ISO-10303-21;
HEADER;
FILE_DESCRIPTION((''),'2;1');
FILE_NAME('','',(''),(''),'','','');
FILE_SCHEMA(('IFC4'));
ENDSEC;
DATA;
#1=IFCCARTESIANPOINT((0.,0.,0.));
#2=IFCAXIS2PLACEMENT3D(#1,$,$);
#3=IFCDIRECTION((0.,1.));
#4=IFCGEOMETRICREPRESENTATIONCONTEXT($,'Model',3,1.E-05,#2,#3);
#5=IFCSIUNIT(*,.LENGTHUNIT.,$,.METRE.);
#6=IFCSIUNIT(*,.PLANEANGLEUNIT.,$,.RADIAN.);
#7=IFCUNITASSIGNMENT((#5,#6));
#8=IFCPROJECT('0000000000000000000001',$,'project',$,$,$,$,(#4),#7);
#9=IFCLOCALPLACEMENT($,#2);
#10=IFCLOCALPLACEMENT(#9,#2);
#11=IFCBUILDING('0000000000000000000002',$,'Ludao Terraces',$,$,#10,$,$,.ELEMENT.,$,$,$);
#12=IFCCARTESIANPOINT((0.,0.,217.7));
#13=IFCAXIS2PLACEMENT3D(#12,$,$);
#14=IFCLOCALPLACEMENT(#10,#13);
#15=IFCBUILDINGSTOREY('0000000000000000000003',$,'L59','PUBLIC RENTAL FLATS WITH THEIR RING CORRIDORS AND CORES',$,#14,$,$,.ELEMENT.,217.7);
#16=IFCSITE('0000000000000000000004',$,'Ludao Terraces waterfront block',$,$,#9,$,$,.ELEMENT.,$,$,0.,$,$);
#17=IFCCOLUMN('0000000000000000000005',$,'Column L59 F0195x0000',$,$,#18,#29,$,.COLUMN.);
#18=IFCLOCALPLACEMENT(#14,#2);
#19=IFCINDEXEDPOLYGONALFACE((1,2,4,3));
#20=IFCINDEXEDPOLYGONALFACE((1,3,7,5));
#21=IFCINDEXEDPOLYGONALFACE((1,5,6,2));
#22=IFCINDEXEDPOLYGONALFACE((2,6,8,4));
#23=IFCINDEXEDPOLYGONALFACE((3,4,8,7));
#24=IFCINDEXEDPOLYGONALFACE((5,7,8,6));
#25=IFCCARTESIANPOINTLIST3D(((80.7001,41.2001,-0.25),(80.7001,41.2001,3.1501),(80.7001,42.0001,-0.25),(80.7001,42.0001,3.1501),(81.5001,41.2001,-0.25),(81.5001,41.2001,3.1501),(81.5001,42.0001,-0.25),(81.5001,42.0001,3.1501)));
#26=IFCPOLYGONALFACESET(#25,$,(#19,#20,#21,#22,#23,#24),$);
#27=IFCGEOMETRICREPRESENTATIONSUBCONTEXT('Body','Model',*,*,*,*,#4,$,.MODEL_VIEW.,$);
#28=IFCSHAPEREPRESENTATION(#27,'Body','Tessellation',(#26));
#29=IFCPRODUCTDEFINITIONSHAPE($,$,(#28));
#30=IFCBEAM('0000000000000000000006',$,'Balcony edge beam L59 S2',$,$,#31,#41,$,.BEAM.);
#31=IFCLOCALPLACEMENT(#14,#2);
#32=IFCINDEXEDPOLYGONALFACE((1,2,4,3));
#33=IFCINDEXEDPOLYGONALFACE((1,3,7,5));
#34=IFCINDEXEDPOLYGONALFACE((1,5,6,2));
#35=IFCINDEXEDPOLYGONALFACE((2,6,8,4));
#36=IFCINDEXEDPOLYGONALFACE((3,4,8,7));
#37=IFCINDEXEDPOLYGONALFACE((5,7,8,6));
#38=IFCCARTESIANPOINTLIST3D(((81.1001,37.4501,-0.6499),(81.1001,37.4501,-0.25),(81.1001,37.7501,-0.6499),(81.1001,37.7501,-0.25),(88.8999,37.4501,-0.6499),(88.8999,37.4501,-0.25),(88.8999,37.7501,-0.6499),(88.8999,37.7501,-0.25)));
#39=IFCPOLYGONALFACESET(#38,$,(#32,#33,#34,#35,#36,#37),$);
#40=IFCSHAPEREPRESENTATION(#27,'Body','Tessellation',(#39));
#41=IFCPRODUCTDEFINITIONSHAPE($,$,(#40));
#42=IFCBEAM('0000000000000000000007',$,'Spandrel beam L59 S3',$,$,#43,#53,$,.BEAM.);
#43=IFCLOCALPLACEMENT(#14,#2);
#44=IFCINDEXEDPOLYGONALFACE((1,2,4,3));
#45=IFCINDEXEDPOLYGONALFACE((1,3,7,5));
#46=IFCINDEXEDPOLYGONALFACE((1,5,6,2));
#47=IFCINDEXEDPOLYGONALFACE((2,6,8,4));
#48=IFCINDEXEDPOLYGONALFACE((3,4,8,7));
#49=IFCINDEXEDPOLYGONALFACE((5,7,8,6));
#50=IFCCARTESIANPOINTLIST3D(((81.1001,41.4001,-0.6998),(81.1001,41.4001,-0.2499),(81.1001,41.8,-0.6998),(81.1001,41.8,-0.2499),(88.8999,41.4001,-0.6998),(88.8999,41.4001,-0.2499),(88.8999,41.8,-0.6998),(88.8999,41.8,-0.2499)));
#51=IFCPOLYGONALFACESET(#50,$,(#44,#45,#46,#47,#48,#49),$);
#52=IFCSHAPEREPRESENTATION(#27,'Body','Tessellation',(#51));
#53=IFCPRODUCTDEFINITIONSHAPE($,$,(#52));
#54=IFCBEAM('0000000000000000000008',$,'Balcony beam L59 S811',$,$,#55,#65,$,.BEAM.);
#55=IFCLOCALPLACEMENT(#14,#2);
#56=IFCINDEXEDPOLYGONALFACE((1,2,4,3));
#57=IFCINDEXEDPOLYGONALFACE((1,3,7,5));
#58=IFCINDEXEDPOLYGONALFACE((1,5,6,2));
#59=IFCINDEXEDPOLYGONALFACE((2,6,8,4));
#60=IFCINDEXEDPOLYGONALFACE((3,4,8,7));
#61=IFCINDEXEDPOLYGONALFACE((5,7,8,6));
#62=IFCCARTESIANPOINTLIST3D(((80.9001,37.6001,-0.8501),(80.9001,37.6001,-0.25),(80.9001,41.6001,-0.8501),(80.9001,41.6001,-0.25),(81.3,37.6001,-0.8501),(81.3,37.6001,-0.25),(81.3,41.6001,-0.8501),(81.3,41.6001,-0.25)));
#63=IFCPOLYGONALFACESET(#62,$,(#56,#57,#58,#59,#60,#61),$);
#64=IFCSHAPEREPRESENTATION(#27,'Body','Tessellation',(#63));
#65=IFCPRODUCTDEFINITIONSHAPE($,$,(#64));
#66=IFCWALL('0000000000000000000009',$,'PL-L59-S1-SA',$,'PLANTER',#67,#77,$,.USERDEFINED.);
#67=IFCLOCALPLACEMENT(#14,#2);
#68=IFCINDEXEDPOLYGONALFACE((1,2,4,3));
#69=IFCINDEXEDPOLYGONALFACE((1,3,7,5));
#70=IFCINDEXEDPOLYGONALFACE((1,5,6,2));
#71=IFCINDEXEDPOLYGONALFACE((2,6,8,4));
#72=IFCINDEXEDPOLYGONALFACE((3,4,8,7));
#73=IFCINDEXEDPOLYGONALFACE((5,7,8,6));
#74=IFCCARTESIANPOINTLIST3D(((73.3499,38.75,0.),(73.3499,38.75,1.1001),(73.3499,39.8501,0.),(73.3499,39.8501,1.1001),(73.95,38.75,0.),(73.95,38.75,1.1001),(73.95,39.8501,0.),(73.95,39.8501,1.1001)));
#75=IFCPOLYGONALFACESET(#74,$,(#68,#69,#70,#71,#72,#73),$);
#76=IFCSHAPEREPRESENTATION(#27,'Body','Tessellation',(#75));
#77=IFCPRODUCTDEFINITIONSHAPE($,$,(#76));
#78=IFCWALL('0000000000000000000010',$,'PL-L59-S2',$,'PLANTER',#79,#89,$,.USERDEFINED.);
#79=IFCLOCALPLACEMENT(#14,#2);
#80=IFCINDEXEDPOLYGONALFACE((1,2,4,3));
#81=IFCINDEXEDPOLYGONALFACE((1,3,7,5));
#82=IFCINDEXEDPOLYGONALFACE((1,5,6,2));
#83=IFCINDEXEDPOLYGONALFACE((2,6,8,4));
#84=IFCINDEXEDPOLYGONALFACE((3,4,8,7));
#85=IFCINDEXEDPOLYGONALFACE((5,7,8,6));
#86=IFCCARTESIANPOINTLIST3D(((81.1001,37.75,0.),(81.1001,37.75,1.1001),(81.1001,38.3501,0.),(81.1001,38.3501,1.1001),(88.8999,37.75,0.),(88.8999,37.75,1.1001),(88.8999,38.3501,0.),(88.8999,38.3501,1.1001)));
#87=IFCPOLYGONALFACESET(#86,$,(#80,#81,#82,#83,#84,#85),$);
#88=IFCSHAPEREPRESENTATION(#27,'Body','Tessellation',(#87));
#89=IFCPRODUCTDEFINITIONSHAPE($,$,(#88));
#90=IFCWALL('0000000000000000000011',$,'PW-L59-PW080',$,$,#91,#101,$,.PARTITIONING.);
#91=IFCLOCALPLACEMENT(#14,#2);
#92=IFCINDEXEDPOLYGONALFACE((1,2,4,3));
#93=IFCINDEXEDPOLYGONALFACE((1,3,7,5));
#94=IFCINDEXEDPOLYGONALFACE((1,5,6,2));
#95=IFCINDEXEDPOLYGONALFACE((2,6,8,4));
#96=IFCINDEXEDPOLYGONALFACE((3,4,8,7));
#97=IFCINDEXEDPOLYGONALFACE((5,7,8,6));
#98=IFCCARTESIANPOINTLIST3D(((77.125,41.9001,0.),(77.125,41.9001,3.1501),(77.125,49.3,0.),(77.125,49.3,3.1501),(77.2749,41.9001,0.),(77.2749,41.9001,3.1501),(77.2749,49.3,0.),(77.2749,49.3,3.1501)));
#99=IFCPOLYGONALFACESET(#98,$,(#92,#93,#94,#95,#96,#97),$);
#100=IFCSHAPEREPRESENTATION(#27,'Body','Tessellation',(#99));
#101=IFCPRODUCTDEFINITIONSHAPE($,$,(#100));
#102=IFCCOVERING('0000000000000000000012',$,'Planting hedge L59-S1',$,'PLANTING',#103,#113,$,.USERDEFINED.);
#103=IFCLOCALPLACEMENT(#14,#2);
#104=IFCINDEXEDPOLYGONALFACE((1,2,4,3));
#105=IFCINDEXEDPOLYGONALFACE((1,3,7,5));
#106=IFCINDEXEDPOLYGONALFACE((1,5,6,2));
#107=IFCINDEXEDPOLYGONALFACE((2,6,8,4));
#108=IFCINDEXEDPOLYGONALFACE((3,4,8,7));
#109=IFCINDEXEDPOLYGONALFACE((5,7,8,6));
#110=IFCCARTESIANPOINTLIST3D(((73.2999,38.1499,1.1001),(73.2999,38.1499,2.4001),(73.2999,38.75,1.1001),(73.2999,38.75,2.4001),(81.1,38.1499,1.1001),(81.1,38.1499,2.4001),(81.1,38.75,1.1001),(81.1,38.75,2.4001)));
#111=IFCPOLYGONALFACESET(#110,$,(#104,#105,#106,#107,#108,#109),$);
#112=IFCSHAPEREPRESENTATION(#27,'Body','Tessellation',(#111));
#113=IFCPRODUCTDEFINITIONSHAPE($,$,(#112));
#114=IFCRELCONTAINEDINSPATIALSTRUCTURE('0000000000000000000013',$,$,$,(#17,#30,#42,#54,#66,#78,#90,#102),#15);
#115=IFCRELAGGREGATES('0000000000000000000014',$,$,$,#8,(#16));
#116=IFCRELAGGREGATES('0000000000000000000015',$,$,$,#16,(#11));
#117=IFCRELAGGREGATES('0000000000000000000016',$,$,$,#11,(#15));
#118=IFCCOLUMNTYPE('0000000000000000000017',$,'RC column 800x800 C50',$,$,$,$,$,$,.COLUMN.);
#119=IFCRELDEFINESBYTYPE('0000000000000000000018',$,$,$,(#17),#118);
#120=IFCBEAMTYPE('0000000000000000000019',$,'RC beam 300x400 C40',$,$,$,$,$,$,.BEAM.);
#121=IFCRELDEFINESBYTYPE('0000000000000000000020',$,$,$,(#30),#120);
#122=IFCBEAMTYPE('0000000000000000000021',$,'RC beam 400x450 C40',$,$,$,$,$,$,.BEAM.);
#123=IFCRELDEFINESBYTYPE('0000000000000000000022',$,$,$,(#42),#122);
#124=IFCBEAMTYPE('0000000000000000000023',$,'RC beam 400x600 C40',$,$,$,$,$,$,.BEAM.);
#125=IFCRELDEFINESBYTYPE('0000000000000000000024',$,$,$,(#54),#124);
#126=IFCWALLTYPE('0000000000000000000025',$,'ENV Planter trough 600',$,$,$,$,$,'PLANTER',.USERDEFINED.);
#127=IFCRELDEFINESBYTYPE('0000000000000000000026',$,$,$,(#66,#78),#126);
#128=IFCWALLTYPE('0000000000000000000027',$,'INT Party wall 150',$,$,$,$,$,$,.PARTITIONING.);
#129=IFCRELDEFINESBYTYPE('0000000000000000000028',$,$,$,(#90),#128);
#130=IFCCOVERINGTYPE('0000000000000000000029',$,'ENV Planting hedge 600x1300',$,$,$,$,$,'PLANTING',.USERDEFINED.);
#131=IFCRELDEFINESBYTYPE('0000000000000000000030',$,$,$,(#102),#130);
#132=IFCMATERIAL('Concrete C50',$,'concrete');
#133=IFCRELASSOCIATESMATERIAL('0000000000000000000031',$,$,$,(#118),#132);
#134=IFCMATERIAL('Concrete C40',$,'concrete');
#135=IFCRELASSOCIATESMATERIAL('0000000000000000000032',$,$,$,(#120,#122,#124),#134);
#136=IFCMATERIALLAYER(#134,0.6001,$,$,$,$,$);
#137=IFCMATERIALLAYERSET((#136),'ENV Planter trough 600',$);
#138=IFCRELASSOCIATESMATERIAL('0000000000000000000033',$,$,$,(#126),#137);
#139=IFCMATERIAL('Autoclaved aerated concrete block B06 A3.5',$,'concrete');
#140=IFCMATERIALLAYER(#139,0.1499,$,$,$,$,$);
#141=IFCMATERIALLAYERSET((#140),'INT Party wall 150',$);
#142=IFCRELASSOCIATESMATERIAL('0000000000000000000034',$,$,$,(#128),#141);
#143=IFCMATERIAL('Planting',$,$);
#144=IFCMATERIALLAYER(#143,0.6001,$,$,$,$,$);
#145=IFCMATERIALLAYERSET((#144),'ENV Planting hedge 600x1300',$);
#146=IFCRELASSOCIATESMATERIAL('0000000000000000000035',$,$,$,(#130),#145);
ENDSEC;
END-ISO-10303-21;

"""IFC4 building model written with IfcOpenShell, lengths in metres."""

from ifc_helpers import new_model, si_unit, direction, frame, frame_2d, origin, origin_2d, place, context, subcontext, project, spatial, rectangle, extrude, material, layer, layer_set, material_profile, profile_set, type_object, element, save


model = new_model("IFC4")

# Units and contexts
model_context = context("Model", 3, precision=1e-05, world=origin(), true_north=direction((0.0, 1.0)))
body_context = subcontext(model_context, "Body", "Model", "MODEL_VIEW")
ifc_project = project(units=[si_unit("LENGTHUNIT", "METRE"), si_unit("PLANEANGLEUNIT", "RADIAN")], contexts=[model_context])

# Site, building, storey
site_placement = place(None, origin())
site = spatial("IfcSite", under=ifc_project, at=site_placement, Name="Ludao Terraces waterfront block", CompositionType="ELEMENT", RefElevation=0.0)
building_placement = place(site_placement, origin())
building = spatial("IfcBuilding", under=site, at=building_placement, Name="Ludao Terraces", CompositionType="ELEMENT")
storey_placement = place(building_placement, frame((0.0, 0.0, 217.7)))
storey = spatial("IfcBuildingStorey", under=building, at=storey_placement, Name="L59", Description="PUBLIC RENTAL FLATS WITH THEIR RING CORRIDORS AND CORES", CompositionType="ELEMENT", Elevation=217.7)

# Column
ifc_material_1 = material(Name="Concrete C50", Category="concrete")
ifc_material_profile_1 = material_profile(ifc_material_1, rectangle(XDim=0.8, YDim=0.8, at=origin_2d()), Name="800 X 800")
ifc_profile_set_1 = profile_set([ifc_material_profile_1], Name="Concrete C50")
column_type = type_object("IfcColumnType", Name="RC column 800x800 C50", PredefinedType="COLUMN", material=ifc_profile_set_1)
column_placement = place(storey_placement, frame((81.1001, 41.6001, -0.25), z_axis=(0.0, 0.0, 1.0), x_axis=(1.0, 0.0, 0.0)))
element("IfcColumn", 1, at=column_placement, inside=storey, type_object=column_type, Name="Column L59 F0195x0000", PredefinedType="COLUMN", context=body_context, shape_type="SweptSolid", body=[
    extrude(rectangle(XDim=0.8, YDim=0.8, at=origin_2d()), origin(), (0.0, 0.0, 1.0), 3.4001),
])

# Beams
ifc_material_2 = material(Name="Concrete C40", Category="concrete")
ifc_material_profile_2 = material_profile(ifc_material_2, rectangle(XDim=0.3, YDim=0.3999, at=origin_2d()), Name="300 X 400")
ifc_profile_set_2 = profile_set([ifc_material_profile_2], Name="Concrete C40")
beam_type_1 = type_object("IfcBeamType", Name="RC beam 300x400 C40", PredefinedType="BEAM", material=ifc_profile_set_2)
beam_1_placement = place(storey_placement, frame((81.1001, 37.6001, -0.45), z_axis=(1.0, 0.0, 0.0), x_axis=(0.0, 1.0, 0.0)))
element("IfcBeam", 2, at=beam_1_placement, inside=storey, type_object=beam_type_1, Name="Balcony edge beam L59 S2", PredefinedType="BEAM", context=body_context, shape_type="SweptSolid", body=[
    extrude(rectangle(XDim=0.3, YDim=0.3999, at=origin_2d()), origin(), (0.0, 0.0, 1.0), 7.7998),
])
ifc_material_profile_3 = material_profile(ifc_material_2, rectangle(XDim=0.3999, YDim=0.45, at=origin_2d()), Name="400 X 450")
ifc_profile_set_3 = profile_set([ifc_material_profile_3], Name="Concrete C40")
beam_type_2 = type_object("IfcBeamType", Name="RC beam 400x450 C40", PredefinedType="BEAM", material=ifc_profile_set_3)
beam_2_placement = place(storey_placement, frame((81.1001, 41.6001, -0.4749), z_axis=(1.0, 0.0, 0.0), x_axis=(0.0, 1.0, 0.0)))
element("IfcBeam", 3, at=beam_2_placement, inside=storey, type_object=beam_type_2, Name="Spandrel beam L59 S3", PredefinedType="BEAM", context=body_context, shape_type="SweptSolid", body=[
    extrude(rectangle(XDim=0.3999, YDim=0.45, at=origin_2d()), origin(), (0.0, 0.0, 1.0), 7.7998),
])
ifc_material_profile_4 = material_profile(ifc_material_2, rectangle(XDim=0.3999, YDim=0.6001, at=origin_2d()), Name="400 X 600")
ifc_profile_set_4 = profile_set([ifc_material_profile_4], Name="Concrete C40")
beam_type_3 = type_object("IfcBeamType", Name="RC beam 400x600 C40", PredefinedType="BEAM", material=ifc_profile_set_4)
beam_3_placement = place(storey_placement, frame((81.1001, 41.6001, -0.55), z_axis=(0.0, -1.0, 0.0), x_axis=(1.0, 0.0, 0.0)))
element("IfcBeam", 4, at=beam_3_placement, inside=storey, type_object=beam_type_3, Name="Balcony beam L59 S811", PredefinedType="BEAM", context=body_context, shape_type="SweptSolid", body=[
    extrude(rectangle(XDim=0.3999, YDim=0.6001, at=origin_2d()), origin(), (0.0, 0.0, 1.0), 4.0),
])

# Walls
ifc_layer_1 = layer(ifc_material_2, 0.6001)
ifc_layer_set_1 = layer_set([ifc_layer_1], Name="ENV Planter trough 600")
wall_type_1 = type_object("IfcWallType", Name="ENV Planter trough 600", ElementType="PLANTER", PredefinedType="USERDEFINED", material=ifc_layer_set_1)
wall_1_placement = place(storey_placement, frame((73.6499, 38.75, 0.0), z_axis=(0.0, 0.0, 1.0), x_axis=(0.0, 1.0, 0.0)))
element("IfcWall", 5, at=wall_1_placement, inside=storey, type_object=wall_type_1, Name="PL-L59-S1-SA", ObjectType="PLANTER", PredefinedType="USERDEFINED", context=body_context, shape_type="SweptSolid", body=[
    extrude(rectangle(XDim=1.1001, YDim=0.6001, at=frame_2d((0.55, 0.0))), origin(), (0.0, 0.0, 1.0), 1.1001),
])
wall_2_placement = place(storey_placement, frame((81.1001, 38.05, 0.0), z_axis=(0.0, 0.0, 1.0), x_axis=(1.0, 0.0, 0.0)))
element("IfcWall", 6, at=wall_2_placement, inside=storey, type_object=wall_type_1, Name="PL-L59-S2", ObjectType="PLANTER", PredefinedType="USERDEFINED", context=body_context, shape_type="SweptSolid", body=[
    extrude(rectangle(XDim=7.7998, YDim=0.6001, at=frame_2d((3.8999, 0.0))), origin(), (0.0, 0.0, 1.0), 1.1001),
])

# Wall
ifc_material_3 = material(Name="Autoclaved aerated concrete block B06 A3.5", Category="concrete")
ifc_layer_2 = layer(ifc_material_3, 0.1499)
ifc_layer_set_2 = layer_set([ifc_layer_2], Name="INT Party wall 150")
wall_type_2 = type_object("IfcWallType", Name="INT Party wall 150", PredefinedType="PARTITIONING", material=ifc_layer_set_2)
wall_3_placement = place(storey_placement, frame((77.2, 41.9001, 0.0), z_axis=(0.0, 0.0, 1.0), x_axis=(0.0, 1.0, 0.0)))
element("IfcWall", 7, at=wall_3_placement, inside=storey, type_object=wall_type_2, Name="PW-L59-PW080", PredefinedType="PARTITIONING", context=body_context, shape_type="SweptSolid", body=[
    extrude(rectangle(XDim=7.3999, YDim=0.1499, at=frame_2d((3.7, 0.0))), origin(), (0.0, 0.0, 1.0), 3.1501),
])

# Covering
ifc_material_4 = material(Name="Planting")
ifc_layer_3 = layer(ifc_material_4, 0.6001)
ifc_layer_set_3 = layer_set([ifc_layer_3], Name="ENV Planting hedge 600x1300")
covering_type = type_object("IfcCoveringType", Name="ENV Planting hedge 600x1300", ElementType="PLANTING", PredefinedType="USERDEFINED", material=ifc_layer_set_3)
covering_placement = place(storey_placement, frame((77.2, 38.45, 1.1001), z_axis=(0.0, 0.0, 1.0), x_axis=(1.0, 0.0, 0.0)))
element("IfcCovering", 8, at=covering_placement, inside=storey, type_object=covering_type, Name="Planting hedge L59-S1", ObjectType="PLANTING", PredefinedType="USERDEFINED", context=body_context, shape_type="SweptSolid", body=[
    extrude(rectangle(XDim=7.8, YDim=0.6001, at=origin_2d()), origin(), (0.0, 0.0, 1.0), 1.3),
])

save(model, "model.ifc")
